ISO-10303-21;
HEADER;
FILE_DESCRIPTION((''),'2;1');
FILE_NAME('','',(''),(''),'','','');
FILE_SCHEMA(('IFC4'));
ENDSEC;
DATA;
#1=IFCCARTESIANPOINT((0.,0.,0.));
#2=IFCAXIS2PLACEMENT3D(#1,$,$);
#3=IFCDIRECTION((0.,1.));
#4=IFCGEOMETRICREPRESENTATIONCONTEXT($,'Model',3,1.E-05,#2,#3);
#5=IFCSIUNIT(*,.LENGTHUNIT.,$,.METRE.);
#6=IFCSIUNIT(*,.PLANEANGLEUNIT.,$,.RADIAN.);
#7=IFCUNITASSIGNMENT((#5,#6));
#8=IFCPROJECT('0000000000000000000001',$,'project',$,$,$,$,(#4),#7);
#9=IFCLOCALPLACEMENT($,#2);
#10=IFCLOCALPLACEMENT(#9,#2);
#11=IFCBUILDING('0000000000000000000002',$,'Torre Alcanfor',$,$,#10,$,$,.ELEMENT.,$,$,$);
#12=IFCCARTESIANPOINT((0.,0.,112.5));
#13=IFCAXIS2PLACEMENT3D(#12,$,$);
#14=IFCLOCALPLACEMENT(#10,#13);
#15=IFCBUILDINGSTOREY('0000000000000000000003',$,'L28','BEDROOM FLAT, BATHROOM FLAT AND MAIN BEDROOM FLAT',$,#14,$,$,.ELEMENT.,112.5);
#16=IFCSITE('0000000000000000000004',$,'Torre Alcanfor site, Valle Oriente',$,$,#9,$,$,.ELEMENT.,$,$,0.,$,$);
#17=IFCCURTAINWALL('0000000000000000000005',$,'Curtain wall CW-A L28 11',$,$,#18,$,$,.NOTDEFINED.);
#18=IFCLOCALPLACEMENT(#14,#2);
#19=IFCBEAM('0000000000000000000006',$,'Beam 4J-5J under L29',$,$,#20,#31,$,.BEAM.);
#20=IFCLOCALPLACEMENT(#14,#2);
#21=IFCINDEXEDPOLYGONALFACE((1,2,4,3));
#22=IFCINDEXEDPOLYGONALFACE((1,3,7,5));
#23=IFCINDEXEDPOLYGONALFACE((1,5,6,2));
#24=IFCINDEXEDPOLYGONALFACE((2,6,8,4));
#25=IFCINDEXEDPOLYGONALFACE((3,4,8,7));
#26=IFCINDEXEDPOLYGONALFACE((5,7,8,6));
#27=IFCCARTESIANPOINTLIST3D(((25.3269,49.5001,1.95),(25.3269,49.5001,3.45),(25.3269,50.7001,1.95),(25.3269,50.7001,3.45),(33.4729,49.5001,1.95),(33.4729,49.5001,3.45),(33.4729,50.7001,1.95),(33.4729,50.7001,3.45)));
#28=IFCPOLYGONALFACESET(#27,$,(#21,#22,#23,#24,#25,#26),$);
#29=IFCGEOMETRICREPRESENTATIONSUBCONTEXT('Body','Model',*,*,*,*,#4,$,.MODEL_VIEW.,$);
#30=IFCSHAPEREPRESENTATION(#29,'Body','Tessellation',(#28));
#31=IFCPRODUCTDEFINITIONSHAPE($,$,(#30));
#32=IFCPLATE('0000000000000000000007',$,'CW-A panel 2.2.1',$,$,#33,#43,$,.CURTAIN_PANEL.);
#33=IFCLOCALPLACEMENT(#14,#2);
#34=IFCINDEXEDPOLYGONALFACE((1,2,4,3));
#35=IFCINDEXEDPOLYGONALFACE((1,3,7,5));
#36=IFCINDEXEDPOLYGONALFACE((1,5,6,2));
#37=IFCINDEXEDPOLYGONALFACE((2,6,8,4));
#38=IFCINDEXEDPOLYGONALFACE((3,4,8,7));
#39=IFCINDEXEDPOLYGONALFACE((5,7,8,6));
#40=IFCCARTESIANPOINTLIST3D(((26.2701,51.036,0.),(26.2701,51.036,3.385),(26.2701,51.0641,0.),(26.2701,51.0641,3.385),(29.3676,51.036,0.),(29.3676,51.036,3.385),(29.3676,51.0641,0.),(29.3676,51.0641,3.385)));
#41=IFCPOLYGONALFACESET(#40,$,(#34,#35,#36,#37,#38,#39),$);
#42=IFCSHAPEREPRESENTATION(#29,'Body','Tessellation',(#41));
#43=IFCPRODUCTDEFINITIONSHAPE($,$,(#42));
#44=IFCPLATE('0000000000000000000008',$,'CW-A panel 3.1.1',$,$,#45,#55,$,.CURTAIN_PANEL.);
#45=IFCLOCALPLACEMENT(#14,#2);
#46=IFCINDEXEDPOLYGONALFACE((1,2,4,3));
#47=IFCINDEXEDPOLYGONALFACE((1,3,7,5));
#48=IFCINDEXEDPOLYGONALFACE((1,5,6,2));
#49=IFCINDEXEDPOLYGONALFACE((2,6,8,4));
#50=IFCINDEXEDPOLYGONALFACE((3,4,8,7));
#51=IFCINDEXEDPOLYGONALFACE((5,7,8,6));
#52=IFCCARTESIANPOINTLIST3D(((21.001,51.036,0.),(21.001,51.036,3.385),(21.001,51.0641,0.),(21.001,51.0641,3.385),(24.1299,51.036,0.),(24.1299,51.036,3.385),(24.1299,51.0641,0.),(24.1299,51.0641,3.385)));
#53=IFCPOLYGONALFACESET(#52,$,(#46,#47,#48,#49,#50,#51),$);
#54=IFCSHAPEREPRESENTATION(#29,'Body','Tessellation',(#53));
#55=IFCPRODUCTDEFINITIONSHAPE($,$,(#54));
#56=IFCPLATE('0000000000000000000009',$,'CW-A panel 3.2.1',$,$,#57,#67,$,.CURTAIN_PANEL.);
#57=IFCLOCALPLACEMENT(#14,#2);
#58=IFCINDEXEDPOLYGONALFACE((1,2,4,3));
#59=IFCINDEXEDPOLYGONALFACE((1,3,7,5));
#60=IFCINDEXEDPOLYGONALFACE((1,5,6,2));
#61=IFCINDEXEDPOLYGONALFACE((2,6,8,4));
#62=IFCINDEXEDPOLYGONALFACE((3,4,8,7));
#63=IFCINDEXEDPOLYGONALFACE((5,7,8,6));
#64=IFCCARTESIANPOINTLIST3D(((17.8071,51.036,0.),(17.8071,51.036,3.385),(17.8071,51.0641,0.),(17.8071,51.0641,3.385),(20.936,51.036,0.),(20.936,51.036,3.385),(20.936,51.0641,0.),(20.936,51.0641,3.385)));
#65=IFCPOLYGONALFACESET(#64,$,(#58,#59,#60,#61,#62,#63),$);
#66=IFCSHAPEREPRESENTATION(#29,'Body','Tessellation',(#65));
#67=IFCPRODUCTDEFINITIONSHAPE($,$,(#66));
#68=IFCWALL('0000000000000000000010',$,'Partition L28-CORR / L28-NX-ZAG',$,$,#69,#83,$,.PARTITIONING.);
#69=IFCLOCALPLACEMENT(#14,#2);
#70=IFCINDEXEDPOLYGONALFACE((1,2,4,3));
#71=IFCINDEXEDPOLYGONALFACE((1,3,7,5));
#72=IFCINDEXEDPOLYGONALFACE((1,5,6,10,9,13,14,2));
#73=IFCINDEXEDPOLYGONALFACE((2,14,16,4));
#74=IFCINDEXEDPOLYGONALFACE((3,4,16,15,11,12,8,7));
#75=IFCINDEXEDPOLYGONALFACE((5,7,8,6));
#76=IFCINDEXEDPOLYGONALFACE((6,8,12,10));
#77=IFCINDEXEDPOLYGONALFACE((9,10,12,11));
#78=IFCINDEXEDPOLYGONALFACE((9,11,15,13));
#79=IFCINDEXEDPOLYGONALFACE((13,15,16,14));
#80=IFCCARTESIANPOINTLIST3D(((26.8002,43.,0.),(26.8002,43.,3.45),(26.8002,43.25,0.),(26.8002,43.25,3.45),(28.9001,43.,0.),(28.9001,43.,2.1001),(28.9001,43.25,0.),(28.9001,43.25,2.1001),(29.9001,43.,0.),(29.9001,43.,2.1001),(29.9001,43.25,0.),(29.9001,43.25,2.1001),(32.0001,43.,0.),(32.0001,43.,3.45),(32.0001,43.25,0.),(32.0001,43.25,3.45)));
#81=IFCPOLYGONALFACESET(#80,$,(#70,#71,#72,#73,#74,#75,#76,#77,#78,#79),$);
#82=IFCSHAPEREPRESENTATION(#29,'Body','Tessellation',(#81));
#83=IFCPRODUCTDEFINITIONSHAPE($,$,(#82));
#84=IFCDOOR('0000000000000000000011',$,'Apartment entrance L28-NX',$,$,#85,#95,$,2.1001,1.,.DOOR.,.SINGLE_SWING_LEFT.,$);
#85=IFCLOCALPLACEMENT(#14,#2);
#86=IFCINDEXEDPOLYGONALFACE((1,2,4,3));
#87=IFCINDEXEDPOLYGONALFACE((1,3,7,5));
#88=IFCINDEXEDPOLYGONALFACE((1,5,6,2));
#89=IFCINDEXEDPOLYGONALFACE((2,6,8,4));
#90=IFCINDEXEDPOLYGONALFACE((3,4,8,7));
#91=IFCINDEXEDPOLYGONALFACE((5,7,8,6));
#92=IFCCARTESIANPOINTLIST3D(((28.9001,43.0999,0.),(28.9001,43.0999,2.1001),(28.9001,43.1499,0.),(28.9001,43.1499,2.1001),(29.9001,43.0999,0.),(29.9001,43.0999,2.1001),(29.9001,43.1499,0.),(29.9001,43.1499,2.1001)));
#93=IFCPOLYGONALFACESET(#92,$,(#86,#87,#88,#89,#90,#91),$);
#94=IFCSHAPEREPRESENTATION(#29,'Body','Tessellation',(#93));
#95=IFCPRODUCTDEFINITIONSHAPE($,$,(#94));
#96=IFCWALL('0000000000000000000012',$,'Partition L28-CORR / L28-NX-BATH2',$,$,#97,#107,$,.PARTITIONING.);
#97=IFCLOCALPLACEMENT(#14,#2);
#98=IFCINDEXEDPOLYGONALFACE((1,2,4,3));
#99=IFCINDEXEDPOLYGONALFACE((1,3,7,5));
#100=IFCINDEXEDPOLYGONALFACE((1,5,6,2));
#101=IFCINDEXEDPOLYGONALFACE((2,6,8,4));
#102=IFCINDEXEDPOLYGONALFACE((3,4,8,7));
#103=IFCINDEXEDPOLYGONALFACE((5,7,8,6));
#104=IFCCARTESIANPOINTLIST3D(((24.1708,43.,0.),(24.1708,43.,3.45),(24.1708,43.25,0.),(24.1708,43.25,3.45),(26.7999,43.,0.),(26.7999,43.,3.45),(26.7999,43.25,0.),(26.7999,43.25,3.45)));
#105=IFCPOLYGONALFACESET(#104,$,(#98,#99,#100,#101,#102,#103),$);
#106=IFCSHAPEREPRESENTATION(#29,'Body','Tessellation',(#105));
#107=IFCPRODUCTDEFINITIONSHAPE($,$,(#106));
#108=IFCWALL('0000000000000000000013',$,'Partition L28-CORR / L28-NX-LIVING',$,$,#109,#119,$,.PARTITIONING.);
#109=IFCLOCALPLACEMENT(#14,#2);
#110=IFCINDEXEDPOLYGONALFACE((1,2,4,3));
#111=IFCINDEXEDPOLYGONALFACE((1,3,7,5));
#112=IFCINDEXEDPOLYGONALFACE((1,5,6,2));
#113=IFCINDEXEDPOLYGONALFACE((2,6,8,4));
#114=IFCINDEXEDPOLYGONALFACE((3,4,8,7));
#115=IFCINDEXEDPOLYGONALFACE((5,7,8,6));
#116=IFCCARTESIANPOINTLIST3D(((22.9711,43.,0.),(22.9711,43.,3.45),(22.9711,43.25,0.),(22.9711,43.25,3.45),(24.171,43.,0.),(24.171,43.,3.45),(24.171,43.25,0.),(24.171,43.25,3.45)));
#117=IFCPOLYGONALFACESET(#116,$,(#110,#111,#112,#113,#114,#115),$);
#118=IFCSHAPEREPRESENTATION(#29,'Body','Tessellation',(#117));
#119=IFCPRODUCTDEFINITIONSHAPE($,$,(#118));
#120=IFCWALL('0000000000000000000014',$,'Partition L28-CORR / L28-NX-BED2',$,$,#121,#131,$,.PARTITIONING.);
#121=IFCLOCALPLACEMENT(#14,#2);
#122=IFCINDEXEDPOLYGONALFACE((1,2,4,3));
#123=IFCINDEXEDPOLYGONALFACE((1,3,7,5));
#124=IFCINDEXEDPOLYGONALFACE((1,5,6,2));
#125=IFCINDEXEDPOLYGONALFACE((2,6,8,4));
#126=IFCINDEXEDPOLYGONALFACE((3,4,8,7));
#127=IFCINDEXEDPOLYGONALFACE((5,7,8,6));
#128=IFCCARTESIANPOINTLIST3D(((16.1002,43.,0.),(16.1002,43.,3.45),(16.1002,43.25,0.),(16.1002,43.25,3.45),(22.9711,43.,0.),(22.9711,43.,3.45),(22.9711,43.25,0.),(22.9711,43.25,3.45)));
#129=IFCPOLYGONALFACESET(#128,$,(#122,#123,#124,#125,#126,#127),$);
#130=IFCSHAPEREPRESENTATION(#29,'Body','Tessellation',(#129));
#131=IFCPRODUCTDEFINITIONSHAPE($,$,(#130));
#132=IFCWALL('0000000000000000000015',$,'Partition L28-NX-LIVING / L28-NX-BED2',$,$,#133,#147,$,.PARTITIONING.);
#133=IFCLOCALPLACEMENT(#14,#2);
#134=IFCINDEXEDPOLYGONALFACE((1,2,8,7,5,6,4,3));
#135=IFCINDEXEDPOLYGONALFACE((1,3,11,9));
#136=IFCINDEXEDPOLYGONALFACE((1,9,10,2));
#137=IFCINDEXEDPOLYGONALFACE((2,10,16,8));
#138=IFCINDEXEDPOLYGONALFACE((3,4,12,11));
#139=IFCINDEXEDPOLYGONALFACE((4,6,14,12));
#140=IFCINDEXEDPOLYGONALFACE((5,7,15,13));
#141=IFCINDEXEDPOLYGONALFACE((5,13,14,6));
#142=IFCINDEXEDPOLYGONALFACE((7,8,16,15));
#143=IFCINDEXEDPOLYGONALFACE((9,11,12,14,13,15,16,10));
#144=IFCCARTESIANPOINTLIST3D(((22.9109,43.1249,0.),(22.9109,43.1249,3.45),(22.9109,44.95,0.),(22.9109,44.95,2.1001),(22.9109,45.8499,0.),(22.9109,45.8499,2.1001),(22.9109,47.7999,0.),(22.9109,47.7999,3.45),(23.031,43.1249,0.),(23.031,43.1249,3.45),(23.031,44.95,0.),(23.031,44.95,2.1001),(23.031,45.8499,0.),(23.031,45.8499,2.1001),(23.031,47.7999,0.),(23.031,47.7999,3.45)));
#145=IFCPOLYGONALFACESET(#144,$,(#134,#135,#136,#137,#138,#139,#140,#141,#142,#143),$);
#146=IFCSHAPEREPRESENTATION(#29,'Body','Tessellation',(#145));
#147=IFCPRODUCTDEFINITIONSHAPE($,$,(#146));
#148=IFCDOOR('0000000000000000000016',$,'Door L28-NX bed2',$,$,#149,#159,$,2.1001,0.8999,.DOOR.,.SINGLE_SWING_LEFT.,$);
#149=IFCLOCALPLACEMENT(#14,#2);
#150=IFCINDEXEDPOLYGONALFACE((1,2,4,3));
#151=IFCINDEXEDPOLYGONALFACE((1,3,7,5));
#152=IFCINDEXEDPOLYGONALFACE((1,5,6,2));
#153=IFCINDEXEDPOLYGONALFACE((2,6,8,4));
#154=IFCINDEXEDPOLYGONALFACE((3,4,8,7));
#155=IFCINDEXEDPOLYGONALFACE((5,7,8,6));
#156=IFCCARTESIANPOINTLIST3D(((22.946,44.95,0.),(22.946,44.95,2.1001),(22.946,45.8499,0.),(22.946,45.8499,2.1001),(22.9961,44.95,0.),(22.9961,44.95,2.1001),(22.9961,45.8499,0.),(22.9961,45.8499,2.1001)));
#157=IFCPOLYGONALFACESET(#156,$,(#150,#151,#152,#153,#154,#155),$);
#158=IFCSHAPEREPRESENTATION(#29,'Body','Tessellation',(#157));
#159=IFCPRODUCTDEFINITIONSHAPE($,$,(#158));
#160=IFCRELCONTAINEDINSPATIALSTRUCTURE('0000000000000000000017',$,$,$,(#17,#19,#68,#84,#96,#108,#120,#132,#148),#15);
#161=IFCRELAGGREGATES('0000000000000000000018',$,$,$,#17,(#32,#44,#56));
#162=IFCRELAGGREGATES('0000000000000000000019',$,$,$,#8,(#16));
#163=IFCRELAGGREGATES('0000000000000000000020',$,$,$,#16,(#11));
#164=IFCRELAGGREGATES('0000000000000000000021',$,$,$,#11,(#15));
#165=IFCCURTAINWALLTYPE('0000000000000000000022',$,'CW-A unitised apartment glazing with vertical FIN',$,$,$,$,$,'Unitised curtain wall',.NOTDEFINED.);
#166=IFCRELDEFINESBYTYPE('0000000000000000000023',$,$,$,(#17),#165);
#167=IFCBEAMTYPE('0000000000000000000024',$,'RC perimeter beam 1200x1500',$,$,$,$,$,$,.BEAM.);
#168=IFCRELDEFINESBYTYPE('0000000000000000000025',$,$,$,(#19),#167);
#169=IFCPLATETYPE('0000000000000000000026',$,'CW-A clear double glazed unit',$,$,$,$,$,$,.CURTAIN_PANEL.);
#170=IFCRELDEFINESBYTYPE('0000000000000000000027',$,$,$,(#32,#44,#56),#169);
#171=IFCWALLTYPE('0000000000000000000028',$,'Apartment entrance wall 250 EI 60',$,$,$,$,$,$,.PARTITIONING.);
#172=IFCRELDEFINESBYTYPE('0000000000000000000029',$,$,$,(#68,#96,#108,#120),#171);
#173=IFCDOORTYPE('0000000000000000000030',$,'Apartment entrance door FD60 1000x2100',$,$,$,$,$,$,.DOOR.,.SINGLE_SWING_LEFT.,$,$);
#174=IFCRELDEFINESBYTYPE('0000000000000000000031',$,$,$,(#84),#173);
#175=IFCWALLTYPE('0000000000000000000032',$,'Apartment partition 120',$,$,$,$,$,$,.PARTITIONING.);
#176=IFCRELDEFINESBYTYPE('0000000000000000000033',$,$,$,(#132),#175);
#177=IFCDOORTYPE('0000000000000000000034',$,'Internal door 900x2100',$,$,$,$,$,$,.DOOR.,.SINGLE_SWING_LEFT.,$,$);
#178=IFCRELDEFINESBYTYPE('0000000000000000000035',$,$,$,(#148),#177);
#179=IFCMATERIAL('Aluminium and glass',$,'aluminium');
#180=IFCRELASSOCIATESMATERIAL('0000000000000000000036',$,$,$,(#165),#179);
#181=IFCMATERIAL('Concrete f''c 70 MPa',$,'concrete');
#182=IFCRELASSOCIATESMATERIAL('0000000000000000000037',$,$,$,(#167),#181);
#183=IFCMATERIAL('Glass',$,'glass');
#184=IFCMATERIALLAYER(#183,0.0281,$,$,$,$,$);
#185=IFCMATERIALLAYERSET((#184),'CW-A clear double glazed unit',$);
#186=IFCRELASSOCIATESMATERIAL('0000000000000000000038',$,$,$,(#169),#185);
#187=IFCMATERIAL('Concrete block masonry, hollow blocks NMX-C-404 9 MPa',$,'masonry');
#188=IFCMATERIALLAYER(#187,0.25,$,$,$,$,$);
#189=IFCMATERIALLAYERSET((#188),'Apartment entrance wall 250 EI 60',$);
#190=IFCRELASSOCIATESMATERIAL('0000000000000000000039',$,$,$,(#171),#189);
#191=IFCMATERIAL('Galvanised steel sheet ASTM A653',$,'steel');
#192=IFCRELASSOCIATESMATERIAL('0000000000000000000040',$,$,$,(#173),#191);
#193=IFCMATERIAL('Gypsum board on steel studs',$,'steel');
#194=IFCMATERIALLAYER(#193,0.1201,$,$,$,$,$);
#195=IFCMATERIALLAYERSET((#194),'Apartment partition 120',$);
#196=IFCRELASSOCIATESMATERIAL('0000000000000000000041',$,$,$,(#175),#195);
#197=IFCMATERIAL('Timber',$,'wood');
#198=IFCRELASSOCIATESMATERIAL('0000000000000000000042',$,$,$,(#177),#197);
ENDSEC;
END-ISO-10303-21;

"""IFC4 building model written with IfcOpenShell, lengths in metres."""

from ifc_helpers import new_model, si_unit, direction, frame, frame_2d, origin, origin_2d, place, context, subcontext, project, spatial, rectangle, extrude, material, layer, layer_set, material_profile, profile_set, type_object, element, fill, aggregate, save


model = new_model("IFC4")

# Units and contexts
model_context = context("Model", 3, precision=1e-05, world=origin(), true_north=direction((0.0, 1.0)))
body_context = subcontext(model_context, "Body", "Model", "MODEL_VIEW")
ifc_project = project(units=[si_unit("LENGTHUNIT", "METRE"), si_unit("PLANEANGLEUNIT", "RADIAN")], contexts=[model_context])

# Site, building, storey
site_placement = place(None, origin())
site = spatial("IfcSite", under=ifc_project, at=site_placement, Name="Torre Alcanfor site, Valle Oriente", CompositionType="ELEMENT", RefElevation=0.0)
building_placement = place(site_placement, origin())
building = spatial("IfcBuilding", under=site, at=building_placement, Name="Torre Alcanfor", CompositionType="ELEMENT")
storey_placement = place(building_placement, frame((0.0, 0.0, 112.5)))
storey = spatial("IfcBuildingStorey", under=building, at=storey_placement, Name="L28", Description="BEDROOM FLAT, BATHROOM FLAT AND MAIN BEDROOM FLAT", CompositionType="ELEMENT", Elevation=112.5)

# Curtain wall
ifc_material_1 = material(Name="Aluminium and glass", Category="aluminium")
curtain_wall_type = type_object("IfcCurtainWallType", Name="CW-A unitised apartment glazing with vertical FIN", ElementType="Unitised curtain wall", PredefinedType="NOTDEFINED", material=ifc_material_1)
curtain_wall_placement = place(storey_placement, origin())
curtain_wall = element("IfcCurtainWall", 1, at=curtain_wall_placement, inside=storey, type_object=curtain_wall_type, Name="Curtain wall CW-A L28 11", PredefinedType="NOTDEFINED")

# Beam
ifc_material_2 = material(Name="Concrete f'c 70 MPa", Category="concrete")
ifc_material_profile_1 = material_profile(ifc_material_2, rectangle(XDim=1.2, YDim=1.5, at=origin_2d()), Name="1200x1500")
ifc_profile_set_1 = profile_set([ifc_material_profile_1], Name="Concrete f'c 70 MPa")
beam_type = type_object("IfcBeamType", Name="RC perimeter beam 1200x1500", PredefinedType="BEAM", material=ifc_profile_set_1)
beam_1_placement = place(storey_placement, frame((25.3269, 50.1001, 2.7), z_axis=(1.0, 0.0, 0.0), x_axis=(0.0, 1.0, 0.0)))
element("IfcBeam", 2, at=beam_1_placement, inside=storey, type_object=beam_type, Name="Beam 4J-5J under L29", PredefinedType="BEAM", context=body_context, shape_type="SweptSolid", body=[
    extrude(rectangle(XDim=1.2, YDim=1.5, at=origin_2d()), origin(), (0.0, 0.0, 1.0), 8.146),
])

# Plates
ifc_material_3 = material(Name="Glass", Category="glass")
ifc_layer_1 = layer(ifc_material_3, 0.0281)
ifc_layer_set_1 = layer_set([ifc_layer_1], Name="CW-A clear double glazed unit")
plate_type = type_object("IfcPlateType", Name="CW-A clear double glazed unit", PredefinedType="CURTAIN_PANEL", material=ifc_layer_set_1)
plate_1_placement = place(storey_placement, frame((27.8188, 51.05, 0.0), z_axis=(0.0, 0.0, 1.0), x_axis=(-1.0, 0.0, 0.0)))
plate_1 = element("IfcPlate", 3, at=plate_1_placement, type_object=plate_type, Name="CW-A panel 2.2.1", PredefinedType="CURTAIN_PANEL", context=body_context, shape_type="SweptSolid", body=[
    extrude(rectangle(XDim=3.0974, YDim=0.0281, at=origin_2d()), origin(), (0.0, 0.0, 1.0), 3.385),
])
plate_2_placement = place(storey_placement, frame((22.5654, 51.05, 0.0), z_axis=(0.0, 0.0, 1.0), x_axis=(-1.0, 0.0, 0.0)))
plate_2 = element("IfcPlate", 4, at=plate_2_placement, type_object=plate_type, Name="CW-A panel 3.1.1", PredefinedType="CURTAIN_PANEL", context=body_context, shape_type="SweptSolid", body=[
    extrude(rectangle(XDim=3.1289, YDim=0.0281, at=origin_2d()), origin(), (0.0, 0.0, 1.0), 3.385),
])
plate_3_placement = place(storey_placement, frame((19.3716, 51.05, 0.0), z_axis=(0.0, 0.0, 1.0), x_axis=(-1.0, 0.0, 0.0)))
plate_3 = element("IfcPlate", 5, at=plate_3_placement, type_object=plate_type, Name="CW-A panel 3.2.1", PredefinedType="CURTAIN_PANEL", context=body_context, shape_type="SweptSolid", body=[
    extrude(rectangle(XDim=3.1289, YDim=0.0281, at=origin_2d()), origin(), (0.0, 0.0, 1.0), 3.385),
])
aggregate(curtain_wall, [plate_1, plate_2, plate_3])

# Wall, opening, door
ifc_material_4 = material(Name="Concrete block masonry, hollow blocks NMX-C-404 9 MPa", Category="masonry")
ifc_layer_2 = layer(ifc_material_4, 0.25)
ifc_layer_set_2 = layer_set([ifc_layer_2], Name="Apartment entrance wall 250 EI 60")
wall_type_1 = type_object("IfcWallType", Name="Apartment entrance wall 250 EI 60", PredefinedType="PARTITIONING", material=ifc_layer_set_2)
wall_1_placement = place(storey_placement, frame((26.8, 43.125, 0.0), z_axis=(0.0, 0.0, 1.0), x_axis=(1.0, 0.0, 0.0)))
wall_1 = element("IfcWall", 6, at=wall_1_placement, inside=storey, type_object=wall_type_1, Name="Partition L28-CORR / L28-NX-ZAG", PredefinedType="PARTITIONING", context=body_context, shape_type="SweptSolid", body=[
    extrude(rectangle(XDim=5.2, YDim=0.25, at=frame_2d((2.6001, 0.0))), origin(), (0.0, 0.0, 1.0), 3.45),
])
opening_1_placement = place(wall_1_placement, frame((2.1001, 0.0, 0.0)))
opening_1 = element("IfcOpeningElement", 7, at=opening_1_placement, cuts=wall_1, PredefinedType="OPENING", context=body_context, shape_type="SweptSolid", body=[
    extrude(rectangle(XDim=1.0, YDim=2.1001, at=frame_2d((0.5, 1.05))), frame((0.0, 0.135, 0.0), z_axis=(0.0, -1.0, 0.0), x_axis=(1.0, 0.0, 0.0)), (0.0, 0.0, 1.0), 0.27),
])
ifc_material_5 = material(Name="Galvanised steel sheet ASTM A653", Category="steel")
door_type_1 = type_object("IfcDoorType", Name="Apartment entrance door FD60 1000x2100", OperationType="SINGLE_SWING_LEFT", PredefinedType="DOOR", material=ifc_material_5)
door_1_placement = place(opening_1_placement, origin())
door_1 = element("IfcDoor", 8, at=door_1_placement, inside=storey, type_object=door_type_1, Name="Apartment entrance L28-NX", OperationType="SINGLE_SWING_LEFT", OverallHeight=2.1001, OverallWidth=1.0, PredefinedType="DOOR", context=body_context, shape_type="SweptSolid", body=[
    extrude(rectangle(XDim=1.0, YDim=2.1001, at=frame_2d((0.5, 1.05))), frame((0.0, 0.0249, 0.0), z_axis=(0.0, -1.0, 0.0), x_axis=(1.0, 0.0, 0.0)), (0.0, 0.0, 1.0), 0.05),
])
fill(opening_1, door_1)

# Walls
wall_2_placement = place(storey_placement, frame((24.1709, 43.125, 0.0), z_axis=(0.0, 0.0, 1.0), x_axis=(1.0, 0.0, 0.0)))
element("IfcWall", 9, at=wall_2_placement, inside=storey, type_object=wall_type_1, Name="Partition L28-CORR / L28-NX-BATH2", PredefinedType="PARTITIONING", context=body_context, shape_type="SweptSolid", body=[
    extrude(rectangle(XDim=2.6292, YDim=0.25, at=frame_2d((1.3145, 0.0))), origin(), (0.0, 0.0, 1.0), 3.45),
])
wall_3_placement = place(storey_placement, frame((22.9709, 43.125, 0.0), z_axis=(0.0, 0.0, 1.0), x_axis=(1.0, 0.0, 0.0)))
element("IfcWall", 10, at=wall_3_placement, inside=storey, type_object=wall_type_1, Name="Partition L28-CORR / L28-NX-LIVING", PredefinedType="PARTITIONING", context=body_context, shape_type="SweptSolid", body=[
    extrude(rectangle(XDim=1.2, YDim=0.25, at=frame_2d((0.6001, 0.0))), origin(), (0.0, 0.0, 1.0), 3.45),
])
wall_4_placement = place(storey_placement, frame((16.1001, 43.125, 0.0), z_axis=(0.0, 0.0, 1.0), x_axis=(1.0, 0.0, 0.0)))
element("IfcWall", 11, at=wall_4_placement, inside=storey, type_object=wall_type_1, Name="Partition L28-CORR / L28-NX-BED2", PredefinedType="PARTITIONING", context=body_context, shape_type="SweptSolid", body=[
    extrude(rectangle(XDim=6.8708, YDim=0.25, at=frame_2d((3.4355, 0.0))), origin(), (0.0, 0.0, 1.0), 3.45),
])

# Wall, opening, door
ifc_material_6 = material(Name="Gypsum board on steel studs", Category="steel")
ifc_layer_3 = layer(ifc_material_6, 0.1201)
ifc_layer_set_3 = layer_set([ifc_layer_3], Name="Apartment partition 120")
wall_type_2 = type_object("IfcWallType", Name="Apartment partition 120", PredefinedType="PARTITIONING", material=ifc_layer_set_3)
wall_5_placement = place(storey_placement, frame((22.9709, 43.125, 0.0), z_axis=(0.0, 0.0, 1.0), x_axis=(0.0, 1.0, 0.0)))
wall_5 = element("IfcWall", 12, at=wall_5_placement, inside=storey, type_object=wall_type_2, Name="Partition L28-NX-LIVING / L28-NX-BED2", PredefinedType="PARTITIONING", context=body_context, shape_type="SweptSolid", body=[
    extrude(rectangle(XDim=4.675, YDim=0.1201, at=frame_2d((2.3374, 0.0))), origin(), (0.0, 0.0, 1.0), 3.45),
])
opening_2_placement = place(wall_5_placement, frame((1.825, 0.0, 0.0)))
opening_2 = element("IfcOpeningElement", 13, at=opening_2_placement, cuts=wall_5, PredefinedType="OPENING", context=body_context, shape_type="SweptSolid", body=[
    extrude(rectangle(XDim=0.8999, YDim=2.1001, at=frame_2d((0.45, 1.05))), frame((0.0, 0.0701, 0.0), z_axis=(0.0, -1.0, 0.0), x_axis=(1.0, 0.0, 0.0)), (0.0, 0.0, 1.0), 0.1401),
])
ifc_material_7 = material(Name="Timber", Category="wood")
door_type_2 = type_object("IfcDoorType", Name="Internal door 900x2100", OperationType="SINGLE_SWING_LEFT", PredefinedType="DOOR", material=ifc_material_7)
door_2_placement = place(opening_2_placement, origin())
door_2 = element("IfcDoor", 14, at=door_2_placement, inside=storey, type_object=door_type_2, Name="Door L28-NX bed2", OperationType="SINGLE_SWING_LEFT", OverallHeight=2.1001, OverallWidth=0.8999, PredefinedType="DOOR", context=body_context, shape_type="SweptSolid", body=[
    extrude(rectangle(XDim=0.8999, YDim=2.1001, at=frame_2d((0.45, 1.05))), frame((0.0, 0.0249, 0.0), z_axis=(0.0, -1.0, 0.0), x_axis=(1.0, 0.0, 0.0)), (0.0, 0.0, 1.0), 0.05),
])
fill(opening_2, door_2)

save(model, "model.ifc")
